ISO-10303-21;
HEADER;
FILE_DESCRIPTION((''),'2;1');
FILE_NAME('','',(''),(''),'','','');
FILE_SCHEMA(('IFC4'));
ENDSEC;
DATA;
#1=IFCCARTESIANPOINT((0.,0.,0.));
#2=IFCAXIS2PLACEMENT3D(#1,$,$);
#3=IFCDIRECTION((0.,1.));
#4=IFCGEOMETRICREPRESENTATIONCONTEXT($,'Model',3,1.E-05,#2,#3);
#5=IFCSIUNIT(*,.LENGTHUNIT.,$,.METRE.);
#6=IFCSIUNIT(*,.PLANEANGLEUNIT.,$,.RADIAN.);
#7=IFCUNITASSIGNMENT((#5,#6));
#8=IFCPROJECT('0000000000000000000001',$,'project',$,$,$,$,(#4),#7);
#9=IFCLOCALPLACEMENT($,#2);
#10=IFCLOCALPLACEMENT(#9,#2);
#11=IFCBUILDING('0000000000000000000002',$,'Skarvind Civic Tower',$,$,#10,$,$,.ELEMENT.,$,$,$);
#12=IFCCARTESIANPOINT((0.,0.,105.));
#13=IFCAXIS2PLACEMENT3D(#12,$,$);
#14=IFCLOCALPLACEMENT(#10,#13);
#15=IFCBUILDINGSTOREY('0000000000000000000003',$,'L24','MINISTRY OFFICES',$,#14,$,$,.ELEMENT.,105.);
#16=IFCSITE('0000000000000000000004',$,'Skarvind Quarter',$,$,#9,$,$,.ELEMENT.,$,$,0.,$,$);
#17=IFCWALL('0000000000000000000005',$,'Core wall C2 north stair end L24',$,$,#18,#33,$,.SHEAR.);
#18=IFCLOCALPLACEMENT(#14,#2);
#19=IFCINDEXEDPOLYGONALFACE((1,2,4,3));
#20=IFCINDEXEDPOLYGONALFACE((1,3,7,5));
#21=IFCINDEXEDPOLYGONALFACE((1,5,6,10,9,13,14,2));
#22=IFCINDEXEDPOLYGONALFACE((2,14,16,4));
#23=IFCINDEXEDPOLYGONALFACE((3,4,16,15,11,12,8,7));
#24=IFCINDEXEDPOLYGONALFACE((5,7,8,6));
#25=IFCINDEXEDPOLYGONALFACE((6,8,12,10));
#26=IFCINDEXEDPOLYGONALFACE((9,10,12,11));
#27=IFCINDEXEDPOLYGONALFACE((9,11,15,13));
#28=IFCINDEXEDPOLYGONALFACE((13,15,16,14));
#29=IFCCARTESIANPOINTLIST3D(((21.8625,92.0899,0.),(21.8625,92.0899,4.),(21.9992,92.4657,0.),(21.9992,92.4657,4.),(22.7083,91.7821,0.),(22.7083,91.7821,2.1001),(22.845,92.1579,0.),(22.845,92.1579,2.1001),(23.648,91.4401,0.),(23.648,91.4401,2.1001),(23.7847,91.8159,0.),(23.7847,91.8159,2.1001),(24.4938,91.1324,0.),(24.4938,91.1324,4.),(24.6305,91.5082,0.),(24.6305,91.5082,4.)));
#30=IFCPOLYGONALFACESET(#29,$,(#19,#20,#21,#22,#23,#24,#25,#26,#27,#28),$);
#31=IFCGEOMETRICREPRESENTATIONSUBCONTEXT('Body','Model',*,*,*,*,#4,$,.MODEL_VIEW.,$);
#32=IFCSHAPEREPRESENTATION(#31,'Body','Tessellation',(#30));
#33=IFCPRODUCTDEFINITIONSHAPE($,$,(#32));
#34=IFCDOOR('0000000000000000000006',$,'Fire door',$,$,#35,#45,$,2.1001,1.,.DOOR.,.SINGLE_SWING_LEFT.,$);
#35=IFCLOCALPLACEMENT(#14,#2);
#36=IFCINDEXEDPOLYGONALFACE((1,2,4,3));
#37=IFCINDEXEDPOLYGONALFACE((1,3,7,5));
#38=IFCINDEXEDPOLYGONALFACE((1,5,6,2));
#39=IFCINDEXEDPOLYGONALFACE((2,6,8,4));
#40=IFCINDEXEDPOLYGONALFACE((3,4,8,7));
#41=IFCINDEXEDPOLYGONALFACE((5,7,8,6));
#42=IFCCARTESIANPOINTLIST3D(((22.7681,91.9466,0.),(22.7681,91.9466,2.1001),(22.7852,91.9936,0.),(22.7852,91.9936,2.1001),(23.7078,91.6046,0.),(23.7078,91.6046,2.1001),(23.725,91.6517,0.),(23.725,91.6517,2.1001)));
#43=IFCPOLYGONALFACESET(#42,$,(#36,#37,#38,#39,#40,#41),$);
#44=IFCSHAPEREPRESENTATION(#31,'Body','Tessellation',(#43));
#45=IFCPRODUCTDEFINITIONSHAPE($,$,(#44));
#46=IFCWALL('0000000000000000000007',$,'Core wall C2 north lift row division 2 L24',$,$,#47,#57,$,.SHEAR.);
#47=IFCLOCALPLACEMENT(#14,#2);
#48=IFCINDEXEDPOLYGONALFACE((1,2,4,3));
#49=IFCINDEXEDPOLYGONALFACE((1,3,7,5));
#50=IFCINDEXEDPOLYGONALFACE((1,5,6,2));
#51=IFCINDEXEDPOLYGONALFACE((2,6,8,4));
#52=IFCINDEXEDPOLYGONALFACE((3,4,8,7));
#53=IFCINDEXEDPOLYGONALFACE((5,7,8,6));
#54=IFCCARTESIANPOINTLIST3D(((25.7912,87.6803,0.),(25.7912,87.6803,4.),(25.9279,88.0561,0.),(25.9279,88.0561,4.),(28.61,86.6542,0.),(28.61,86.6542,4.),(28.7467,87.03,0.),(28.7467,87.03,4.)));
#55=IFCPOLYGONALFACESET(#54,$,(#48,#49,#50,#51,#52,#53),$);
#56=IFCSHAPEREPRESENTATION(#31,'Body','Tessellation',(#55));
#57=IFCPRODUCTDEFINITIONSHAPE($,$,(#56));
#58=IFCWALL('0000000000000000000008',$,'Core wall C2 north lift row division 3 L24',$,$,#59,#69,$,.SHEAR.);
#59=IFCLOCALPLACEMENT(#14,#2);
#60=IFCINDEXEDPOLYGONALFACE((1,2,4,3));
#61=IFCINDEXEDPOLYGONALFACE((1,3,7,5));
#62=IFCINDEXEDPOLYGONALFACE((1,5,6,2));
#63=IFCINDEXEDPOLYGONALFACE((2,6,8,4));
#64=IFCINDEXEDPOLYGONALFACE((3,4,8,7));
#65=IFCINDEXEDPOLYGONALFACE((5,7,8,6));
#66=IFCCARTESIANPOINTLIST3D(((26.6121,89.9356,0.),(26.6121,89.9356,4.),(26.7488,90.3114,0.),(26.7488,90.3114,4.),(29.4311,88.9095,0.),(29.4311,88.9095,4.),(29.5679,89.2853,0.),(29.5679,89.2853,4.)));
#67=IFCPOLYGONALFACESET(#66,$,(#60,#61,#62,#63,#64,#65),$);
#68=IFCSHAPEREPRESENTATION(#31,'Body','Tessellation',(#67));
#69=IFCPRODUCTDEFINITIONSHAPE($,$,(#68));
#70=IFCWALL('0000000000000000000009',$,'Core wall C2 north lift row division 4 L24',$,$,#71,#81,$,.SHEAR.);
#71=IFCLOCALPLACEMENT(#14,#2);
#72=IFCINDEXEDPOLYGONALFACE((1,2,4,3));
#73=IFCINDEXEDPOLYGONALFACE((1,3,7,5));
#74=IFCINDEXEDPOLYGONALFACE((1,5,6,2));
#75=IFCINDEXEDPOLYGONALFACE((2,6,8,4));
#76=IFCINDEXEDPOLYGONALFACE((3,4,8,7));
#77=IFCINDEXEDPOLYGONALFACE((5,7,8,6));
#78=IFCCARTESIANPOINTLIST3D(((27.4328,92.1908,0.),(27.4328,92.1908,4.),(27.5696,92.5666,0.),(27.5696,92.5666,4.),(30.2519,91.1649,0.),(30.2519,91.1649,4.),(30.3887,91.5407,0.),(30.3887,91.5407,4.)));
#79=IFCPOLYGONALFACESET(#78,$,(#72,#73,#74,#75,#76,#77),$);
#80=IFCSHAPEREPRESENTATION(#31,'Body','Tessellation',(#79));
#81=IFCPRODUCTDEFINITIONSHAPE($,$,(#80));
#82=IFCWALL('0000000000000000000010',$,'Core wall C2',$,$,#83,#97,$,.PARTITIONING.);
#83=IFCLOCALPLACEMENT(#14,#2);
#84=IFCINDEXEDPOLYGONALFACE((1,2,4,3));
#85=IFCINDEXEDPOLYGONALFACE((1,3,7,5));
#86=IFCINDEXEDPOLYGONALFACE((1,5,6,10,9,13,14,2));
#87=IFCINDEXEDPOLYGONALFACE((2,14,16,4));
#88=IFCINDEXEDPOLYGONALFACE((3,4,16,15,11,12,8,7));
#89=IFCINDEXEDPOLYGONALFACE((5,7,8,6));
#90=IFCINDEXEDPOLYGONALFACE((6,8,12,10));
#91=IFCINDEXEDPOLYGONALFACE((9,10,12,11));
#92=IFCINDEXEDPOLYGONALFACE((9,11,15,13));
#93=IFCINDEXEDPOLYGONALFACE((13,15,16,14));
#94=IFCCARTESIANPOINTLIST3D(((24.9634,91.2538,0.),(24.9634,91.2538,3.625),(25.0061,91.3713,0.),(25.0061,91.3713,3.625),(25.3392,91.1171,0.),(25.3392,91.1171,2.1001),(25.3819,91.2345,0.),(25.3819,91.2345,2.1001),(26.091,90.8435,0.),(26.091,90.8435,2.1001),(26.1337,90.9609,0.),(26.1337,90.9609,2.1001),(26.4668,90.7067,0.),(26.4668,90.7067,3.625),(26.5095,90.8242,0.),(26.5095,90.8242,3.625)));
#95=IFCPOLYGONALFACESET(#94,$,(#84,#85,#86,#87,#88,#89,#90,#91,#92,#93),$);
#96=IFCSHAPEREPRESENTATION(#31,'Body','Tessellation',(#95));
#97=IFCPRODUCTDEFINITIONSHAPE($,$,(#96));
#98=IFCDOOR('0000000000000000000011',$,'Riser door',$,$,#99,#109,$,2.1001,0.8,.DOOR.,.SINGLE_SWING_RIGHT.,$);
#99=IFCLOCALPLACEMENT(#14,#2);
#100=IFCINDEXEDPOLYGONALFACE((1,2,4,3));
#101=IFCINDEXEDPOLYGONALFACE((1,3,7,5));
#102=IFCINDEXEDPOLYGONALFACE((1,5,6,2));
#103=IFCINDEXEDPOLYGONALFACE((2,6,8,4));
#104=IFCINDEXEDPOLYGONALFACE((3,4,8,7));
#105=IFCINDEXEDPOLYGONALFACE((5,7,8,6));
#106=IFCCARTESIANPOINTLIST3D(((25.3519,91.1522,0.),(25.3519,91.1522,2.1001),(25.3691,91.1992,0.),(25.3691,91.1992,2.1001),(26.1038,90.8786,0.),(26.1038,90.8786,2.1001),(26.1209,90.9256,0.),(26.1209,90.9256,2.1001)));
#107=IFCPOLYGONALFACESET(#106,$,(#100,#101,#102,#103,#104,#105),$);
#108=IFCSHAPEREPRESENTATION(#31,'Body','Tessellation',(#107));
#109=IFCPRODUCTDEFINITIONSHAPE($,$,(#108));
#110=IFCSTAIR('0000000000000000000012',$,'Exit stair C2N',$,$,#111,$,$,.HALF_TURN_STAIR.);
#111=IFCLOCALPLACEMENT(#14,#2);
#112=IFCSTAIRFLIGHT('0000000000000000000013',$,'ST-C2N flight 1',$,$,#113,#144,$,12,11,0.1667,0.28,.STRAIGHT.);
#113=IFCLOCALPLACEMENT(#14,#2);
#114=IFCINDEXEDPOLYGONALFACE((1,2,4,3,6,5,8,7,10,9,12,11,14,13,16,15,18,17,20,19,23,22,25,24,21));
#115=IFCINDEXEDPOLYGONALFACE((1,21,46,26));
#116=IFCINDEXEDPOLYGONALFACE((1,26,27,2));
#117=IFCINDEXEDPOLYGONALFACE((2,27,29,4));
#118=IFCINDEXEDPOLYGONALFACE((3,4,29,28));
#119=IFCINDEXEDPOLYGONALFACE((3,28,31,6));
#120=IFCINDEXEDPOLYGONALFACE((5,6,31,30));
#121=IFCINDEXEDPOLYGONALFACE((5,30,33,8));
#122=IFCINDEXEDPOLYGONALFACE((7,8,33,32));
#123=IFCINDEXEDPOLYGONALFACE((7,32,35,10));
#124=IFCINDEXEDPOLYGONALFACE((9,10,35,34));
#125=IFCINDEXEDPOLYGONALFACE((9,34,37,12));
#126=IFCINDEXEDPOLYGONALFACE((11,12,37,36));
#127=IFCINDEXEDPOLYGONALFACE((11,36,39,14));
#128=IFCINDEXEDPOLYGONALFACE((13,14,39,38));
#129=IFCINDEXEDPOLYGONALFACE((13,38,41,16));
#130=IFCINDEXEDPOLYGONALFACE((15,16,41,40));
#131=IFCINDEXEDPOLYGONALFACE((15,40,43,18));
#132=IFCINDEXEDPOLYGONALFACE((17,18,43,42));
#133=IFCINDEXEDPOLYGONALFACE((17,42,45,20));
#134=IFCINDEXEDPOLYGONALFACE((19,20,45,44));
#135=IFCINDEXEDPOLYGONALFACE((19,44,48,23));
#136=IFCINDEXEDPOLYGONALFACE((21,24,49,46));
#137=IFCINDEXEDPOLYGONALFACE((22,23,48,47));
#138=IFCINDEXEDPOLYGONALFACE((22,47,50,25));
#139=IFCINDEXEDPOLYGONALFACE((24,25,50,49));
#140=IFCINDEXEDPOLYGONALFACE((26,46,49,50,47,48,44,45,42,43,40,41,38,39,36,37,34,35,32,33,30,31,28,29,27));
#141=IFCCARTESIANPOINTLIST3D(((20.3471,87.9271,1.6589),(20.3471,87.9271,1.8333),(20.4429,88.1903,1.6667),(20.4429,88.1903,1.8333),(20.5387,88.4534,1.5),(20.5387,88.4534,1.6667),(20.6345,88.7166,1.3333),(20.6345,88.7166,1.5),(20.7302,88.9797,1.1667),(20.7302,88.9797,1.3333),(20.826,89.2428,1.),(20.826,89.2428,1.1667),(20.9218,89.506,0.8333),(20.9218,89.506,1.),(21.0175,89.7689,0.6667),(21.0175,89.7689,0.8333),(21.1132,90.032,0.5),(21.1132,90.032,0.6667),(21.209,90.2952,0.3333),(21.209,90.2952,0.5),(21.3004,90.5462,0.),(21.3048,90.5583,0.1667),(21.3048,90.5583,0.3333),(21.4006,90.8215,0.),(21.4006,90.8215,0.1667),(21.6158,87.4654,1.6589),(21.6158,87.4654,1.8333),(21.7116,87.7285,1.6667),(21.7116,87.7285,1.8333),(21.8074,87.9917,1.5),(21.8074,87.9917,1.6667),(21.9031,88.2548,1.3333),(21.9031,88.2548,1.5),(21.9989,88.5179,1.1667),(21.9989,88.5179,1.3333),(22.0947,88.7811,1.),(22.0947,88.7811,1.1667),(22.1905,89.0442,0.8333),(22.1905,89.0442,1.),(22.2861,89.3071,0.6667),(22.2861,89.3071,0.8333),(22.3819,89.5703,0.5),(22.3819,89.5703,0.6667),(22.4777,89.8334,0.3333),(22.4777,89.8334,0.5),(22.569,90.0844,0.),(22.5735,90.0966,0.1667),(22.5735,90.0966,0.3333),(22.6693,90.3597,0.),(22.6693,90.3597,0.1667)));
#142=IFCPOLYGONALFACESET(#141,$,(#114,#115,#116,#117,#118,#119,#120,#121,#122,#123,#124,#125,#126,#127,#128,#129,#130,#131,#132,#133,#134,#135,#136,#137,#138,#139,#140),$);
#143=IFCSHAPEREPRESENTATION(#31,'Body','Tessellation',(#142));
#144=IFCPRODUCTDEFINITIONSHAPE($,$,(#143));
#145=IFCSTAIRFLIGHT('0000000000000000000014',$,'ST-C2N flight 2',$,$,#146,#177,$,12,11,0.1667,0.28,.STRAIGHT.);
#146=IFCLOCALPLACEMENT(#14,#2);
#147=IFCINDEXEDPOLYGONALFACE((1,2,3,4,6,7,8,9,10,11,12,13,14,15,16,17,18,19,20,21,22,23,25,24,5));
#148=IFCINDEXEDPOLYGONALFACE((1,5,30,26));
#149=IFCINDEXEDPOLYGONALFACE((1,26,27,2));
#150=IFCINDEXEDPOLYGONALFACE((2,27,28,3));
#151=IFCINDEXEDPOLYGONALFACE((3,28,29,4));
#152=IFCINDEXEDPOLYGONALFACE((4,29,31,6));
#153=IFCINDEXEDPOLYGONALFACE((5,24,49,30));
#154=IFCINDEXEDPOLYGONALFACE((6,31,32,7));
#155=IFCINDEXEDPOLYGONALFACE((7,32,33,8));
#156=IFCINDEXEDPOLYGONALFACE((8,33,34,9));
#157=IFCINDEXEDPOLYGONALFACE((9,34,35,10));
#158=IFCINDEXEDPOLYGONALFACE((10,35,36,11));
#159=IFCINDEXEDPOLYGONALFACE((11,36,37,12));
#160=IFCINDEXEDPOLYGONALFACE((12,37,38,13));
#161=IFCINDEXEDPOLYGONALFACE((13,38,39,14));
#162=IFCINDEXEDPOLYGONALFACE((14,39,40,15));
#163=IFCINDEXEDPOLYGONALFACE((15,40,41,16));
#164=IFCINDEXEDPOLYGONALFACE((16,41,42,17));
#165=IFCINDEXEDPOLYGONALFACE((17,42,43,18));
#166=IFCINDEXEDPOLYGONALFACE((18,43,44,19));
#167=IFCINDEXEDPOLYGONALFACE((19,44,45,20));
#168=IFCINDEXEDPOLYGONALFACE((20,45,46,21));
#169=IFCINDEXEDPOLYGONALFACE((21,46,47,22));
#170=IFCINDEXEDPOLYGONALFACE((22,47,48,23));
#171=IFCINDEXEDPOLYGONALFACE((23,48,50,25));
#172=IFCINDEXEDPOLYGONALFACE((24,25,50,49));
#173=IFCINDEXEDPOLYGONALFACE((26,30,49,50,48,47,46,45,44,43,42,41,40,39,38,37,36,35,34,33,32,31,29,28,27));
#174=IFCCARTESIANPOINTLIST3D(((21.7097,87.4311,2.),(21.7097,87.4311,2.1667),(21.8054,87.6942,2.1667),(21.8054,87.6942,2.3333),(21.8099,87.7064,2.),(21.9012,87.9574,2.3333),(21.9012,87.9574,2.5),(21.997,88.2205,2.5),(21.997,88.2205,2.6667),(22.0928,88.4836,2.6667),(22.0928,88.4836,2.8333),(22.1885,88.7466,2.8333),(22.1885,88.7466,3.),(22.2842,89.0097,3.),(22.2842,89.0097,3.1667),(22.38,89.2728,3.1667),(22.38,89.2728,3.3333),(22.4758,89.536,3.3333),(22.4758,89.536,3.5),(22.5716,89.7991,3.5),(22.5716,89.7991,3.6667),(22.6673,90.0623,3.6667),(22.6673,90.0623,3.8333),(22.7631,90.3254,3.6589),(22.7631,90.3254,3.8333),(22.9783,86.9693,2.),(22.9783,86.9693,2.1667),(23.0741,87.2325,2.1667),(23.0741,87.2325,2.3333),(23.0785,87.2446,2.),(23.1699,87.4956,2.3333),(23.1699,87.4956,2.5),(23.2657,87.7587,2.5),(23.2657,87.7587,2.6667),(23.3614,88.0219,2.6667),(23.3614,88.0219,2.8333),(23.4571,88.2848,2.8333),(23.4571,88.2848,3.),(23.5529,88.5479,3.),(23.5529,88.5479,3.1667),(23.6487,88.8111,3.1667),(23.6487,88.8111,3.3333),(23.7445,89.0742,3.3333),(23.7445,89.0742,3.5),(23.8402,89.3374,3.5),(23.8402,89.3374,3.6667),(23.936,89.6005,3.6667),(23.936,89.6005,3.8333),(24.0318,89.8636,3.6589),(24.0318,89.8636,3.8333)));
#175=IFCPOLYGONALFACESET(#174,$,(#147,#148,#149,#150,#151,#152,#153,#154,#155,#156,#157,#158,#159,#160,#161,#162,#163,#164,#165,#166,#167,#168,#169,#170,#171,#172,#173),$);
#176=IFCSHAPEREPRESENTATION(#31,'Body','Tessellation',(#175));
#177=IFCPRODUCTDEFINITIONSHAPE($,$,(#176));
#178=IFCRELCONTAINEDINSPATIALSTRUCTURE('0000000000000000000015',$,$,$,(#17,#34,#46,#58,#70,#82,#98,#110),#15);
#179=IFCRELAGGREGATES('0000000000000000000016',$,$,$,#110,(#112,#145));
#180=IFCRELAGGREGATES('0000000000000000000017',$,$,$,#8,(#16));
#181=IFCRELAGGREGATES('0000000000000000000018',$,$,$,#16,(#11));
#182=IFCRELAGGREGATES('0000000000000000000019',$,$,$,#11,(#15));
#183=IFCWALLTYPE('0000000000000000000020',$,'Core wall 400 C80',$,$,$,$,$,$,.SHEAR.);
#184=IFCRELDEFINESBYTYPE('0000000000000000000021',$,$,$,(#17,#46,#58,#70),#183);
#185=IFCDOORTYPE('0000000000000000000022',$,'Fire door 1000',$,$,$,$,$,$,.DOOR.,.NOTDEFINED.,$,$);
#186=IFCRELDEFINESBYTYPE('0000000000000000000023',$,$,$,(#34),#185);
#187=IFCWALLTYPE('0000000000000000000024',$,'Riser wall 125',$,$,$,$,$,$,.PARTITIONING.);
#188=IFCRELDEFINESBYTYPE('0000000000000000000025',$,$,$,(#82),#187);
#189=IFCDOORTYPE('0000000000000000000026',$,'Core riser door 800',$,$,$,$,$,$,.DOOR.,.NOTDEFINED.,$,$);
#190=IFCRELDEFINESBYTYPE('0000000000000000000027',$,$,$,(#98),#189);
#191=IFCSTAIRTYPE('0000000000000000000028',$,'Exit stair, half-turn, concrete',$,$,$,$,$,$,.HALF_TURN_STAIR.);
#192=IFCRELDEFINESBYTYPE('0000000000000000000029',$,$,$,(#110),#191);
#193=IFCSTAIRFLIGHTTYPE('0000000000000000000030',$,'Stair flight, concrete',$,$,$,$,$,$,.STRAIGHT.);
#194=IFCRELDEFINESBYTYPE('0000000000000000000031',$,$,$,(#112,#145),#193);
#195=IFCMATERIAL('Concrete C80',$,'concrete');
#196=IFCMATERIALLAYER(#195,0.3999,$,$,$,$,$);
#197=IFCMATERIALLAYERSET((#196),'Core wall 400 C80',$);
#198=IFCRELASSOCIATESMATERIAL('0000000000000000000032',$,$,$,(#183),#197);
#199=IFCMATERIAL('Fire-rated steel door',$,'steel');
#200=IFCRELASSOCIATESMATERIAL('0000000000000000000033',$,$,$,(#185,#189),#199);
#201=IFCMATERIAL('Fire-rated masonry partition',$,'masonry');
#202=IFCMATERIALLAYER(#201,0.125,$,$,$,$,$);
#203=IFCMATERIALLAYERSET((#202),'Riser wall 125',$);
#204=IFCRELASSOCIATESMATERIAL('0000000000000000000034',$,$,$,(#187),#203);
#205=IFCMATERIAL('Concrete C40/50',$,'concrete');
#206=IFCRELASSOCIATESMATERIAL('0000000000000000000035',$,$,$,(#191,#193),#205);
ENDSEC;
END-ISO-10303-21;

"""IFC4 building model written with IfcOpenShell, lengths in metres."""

from ifc_helpers import new_model, si_unit, direction, frame, frame_2d, origin, place, context, subcontext, project, spatial, polyline, rectangle, outline, extrude, material, layer, layer_set, type_object, element, fill, aggregate, save


model = new_model("IFC4")

# Units and contexts
model_context = context("Model", 3, precision=1e-05, world=origin(), true_north=direction((0.0, 1.0)))
body_context = subcontext(model_context, "Body", "Model", "MODEL_VIEW")
ifc_project = project(units=[si_unit("LENGTHUNIT", "METRE"), si_unit("PLANEANGLEUNIT", "RADIAN")], contexts=[model_context])

# Site, building, storey
site_placement = place(None, origin())
site = spatial("IfcSite", under=ifc_project, at=site_placement, Name="Skarvind Quarter", CompositionType="ELEMENT", RefElevation=0.0)
building_placement = place(site_placement, origin())
building = spatial("IfcBuilding", under=site, at=building_placement, Name="Skarvind Civic Tower", CompositionType="ELEMENT")
storey_placement = place(building_placement, frame((0.0, 0.0, 105.0)))
storey = spatial("IfcBuildingStorey", under=building, at=storey_placement, Name="L24", Description="MINISTRY OFFICES", CompositionType="ELEMENT", Elevation=105.0)

# Wall, opening, door
ifc_material_1 = material(Name="Concrete C80", Category="concrete")
ifc_layer_1 = layer(ifc_material_1, 0.3999)
ifc_layer_set_1 = layer_set([ifc_layer_1], Name="Core wall 400 C80")
wall_type_1 = type_object("IfcWallType", Name="Core wall 400 C80", PredefinedType="SHEAR", material=ifc_layer_set_1)
wall_1_placement = place(storey_placement, frame((24.562, 91.3203, 0.0), z_axis=(0.0, 0.0, 1.0), x_axis=(-0.939717, 0.341953, 0.0)))
wall_1 = element("IfcWall", 1, at=wall_1_placement, inside=storey, type_object=wall_type_1, Name="Core wall C2 north stair end L24", PredefinedType="SHEAR", context=body_context, shape_type="SweptSolid", body=[
    extrude(rectangle(XDim=2.8, YDim=0.3999, at=frame_2d((1.3999, 0.0))), origin(), (0.0, 0.0, 1.0), 4.0),
])
opening_1_placement = place(wall_1_placement, frame((0.8999, 0.0, 0.0)))
opening_1 = element("IfcOpeningElement", 2, at=opening_1_placement, cuts=wall_1, PredefinedType="OPENING", context=body_context, shape_type="SweptSolid", body=[
    extrude(rectangle(XDim=1.0, YDim=2.1001, at=frame_2d((0.5, 1.05))), frame((0.0, 0.21, 0.0), z_axis=(0.0, -1.0, 0.0), x_axis=(1.0, 0.0, 0.0)), (0.0, 0.0, 1.0), 0.4199),
])
ifc_material_2 = material(Name="Fire-rated steel door", Category="steel")
door_type_1 = type_object("IfcDoorType", Name="Fire door 1000", OperationType="NOTDEFINED", PredefinedType="DOOR", material=ifc_material_2)
door_1_placement = place(opening_1_placement, origin())
door_1 = element("IfcDoor", 3, at=door_1_placement, inside=storey, type_object=door_type_1, Name="Fire door", OperationType="SINGLE_SWING_LEFT", OverallHeight=2.1001, OverallWidth=1.0, PredefinedType="DOOR", context=body_context, shape_type="SweptSolid", body=[
    extrude(rectangle(XDim=1.0, YDim=2.1001, at=frame_2d((0.5, 1.05))), frame((0.0, 0.0249, 0.0), z_axis=(0.0, -1.0, 0.0), x_axis=(1.0, 0.0, 0.0)), (0.0, 0.0, 1.0), 0.05),
])
fill(opening_1, door_1)

# Walls
wall_2_placement = place(storey_placement, frame((28.6785, 86.842, 0.0), z_axis=(0.0, 0.0, 1.0), x_axis=(-0.939677, 0.342063, 0.0)))
element("IfcWall", 4, at=wall_2_placement, inside=storey, type_object=wall_type_1, Name="Core wall C2 north lift row division 2 L24", PredefinedType="SHEAR", context=body_context, shape_type="SweptSolid", body=[
    extrude(rectangle(XDim=2.9998, YDim=0.3999, at=frame_2d((1.5, 0.0))), origin(), (0.0, 0.0, 1.0), 4.0),
])
for number, where, z_axis, x_axis, name in (
    (5, (29.4995, 89.0974, 0.0), (0.0, 0.0, 1.0), (-0.939686, 0.342037, 0.0), "Core wall C2 north lift row division 3 L24"),
    (6, (30.3203, 91.3528, 0.0), (0.0, 0.0, 1.0), (-0.939713, 0.341965, 0.0), "Core wall C2 north lift row division 4 L24"),
):
    element("IfcWall", number, at=place(storey_placement, frame(where, z_axis=z_axis, x_axis=x_axis)), inside=storey, type_object=wall_type_1, Name=name, PredefinedType="SHEAR", context=body_context, shape_type="SweptSolid", body=[
        extrude(rectangle(XDim=3.0, YDim=0.3999, at=frame_2d((1.5, 0.0))), origin(), (0.0, 0.0, 1.0), 4.0),
    ])

# Wall, opening, door
ifc_material_3 = material(Name="Fire-rated masonry partition", Category="masonry")
ifc_layer_2 = layer(ifc_material_3, 0.125)
ifc_layer_set_2 = layer_set([ifc_layer_2], Name="Riser wall 125")
wall_type_2 = type_object("IfcWallType", Name="Riser wall 125", PredefinedType="PARTITIONING", material=ifc_layer_set_2)
wall_3_placement = place(storey_placement, frame((24.9849, 91.3125, 0.0), z_axis=(0.0, 0.0, 1.0), x_axis=(0.939709, -0.341976, 0.0)))
wall_3 = element("IfcWall", 7, at=wall_3_placement, inside=storey, type_object=wall_type_2, Name="Core wall C2", PredefinedType="PARTITIONING", context=body_context, shape_type="SweptSolid", body=[
    extrude(rectangle(XDim=1.5999, YDim=0.125, at=frame_2d((0.7998, 0.0))), origin(), (0.0, 0.0, 1.0), 3.625),
])
opening_2_placement = place(wall_3_placement, frame((0.3999, 0.0, 0.0)))
opening_2 = element("IfcOpeningElement", 8, at=opening_2_placement, cuts=wall_3, PredefinedType="OPENING", context=body_context, shape_type="SweptSolid", body=[
    extrude(rectangle(XDim=0.8, YDim=2.1001, at=frame_2d((0.3999, 1.05))), frame((0.0, 0.0725, 0.0), z_axis=(0.0, -1.0, 0.0), x_axis=(1.0, 0.0, 0.0)), (0.0, 0.0, 1.0), 0.145),
])
door_type_2 = type_object("IfcDoorType", Name="Core riser door 800", OperationType="NOTDEFINED", PredefinedType="DOOR", material=ifc_material_2)
door_2_placement = place(opening_2_placement, origin())
door_2 = element("IfcDoor", 9, at=door_2_placement, inside=storey, type_object=door_type_2, Name="Riser door", OperationType="SINGLE_SWING_RIGHT", OverallHeight=2.1001, OverallWidth=0.8, PredefinedType="DOOR", context=body_context, shape_type="SweptSolid", body=[
    extrude(rectangle(XDim=0.8, YDim=2.1001, at=frame_2d((0.3999, 1.05))), frame((0.0, 0.0249, 0.0), z_axis=(0.0, -1.0, 0.0), x_axis=(1.0, 0.0, 0.0)), (0.0, 0.0, 1.0), 0.05),
])
fill(opening_2, door_2)

# Stair, stair flights
ifc_material_4 = material(Name="Concrete C40/50", Category="concrete")
stair_type = type_object("IfcStairType", Name="Exit stair, half-turn, concrete", PredefinedType="HALF_TURN_STAIR", material=ifc_material_4)
stair_placement = place(storey_placement, origin())
stair = element("IfcStair", 10, at=stair_placement, inside=storey, type_object=stair_type, Name="Exit stair C2N", PredefinedType="HALF_TURN_STAIR")
stair_flight_type = type_object("IfcStairFlightType", Name="Stair flight, concrete", PredefinedType="STRAIGHT", material=ifc_material_4)
stair_flight_1_placement = place(storey_placement, frame((22.0349, 90.5906, 0.0), z_axis=(0.0, 0.0, 1.0), x_axis=(-0.34202, -0.939693, 0.0)))
stair_flight_1 = element("IfcStairFlight", 11, at=stair_flight_1_placement, type_object=stair_flight_type, Name="ST-C2N flight 1", NumberOfRisers=12, NumberOfTreads=11, PredefinedType="STRAIGHT", RiserHeight=0.1667, TreadLength=0.28, context=body_context, shape_type="SweptSolid", body=[
    extrude(outline(polyline([(0.0, 0.0), (0.0, 0.1667), (0.28, 0.1667), (0.28, 0.3333), (0.5601, 0.3333), (0.5601, 0.5), (0.8401, 0.5), (0.8401, 0.6667), (1.1201, 0.6667), (1.1201, 0.8333), (1.3999, 0.8333), (1.3999, 1.0), (1.6799, 1.0), (1.6799, 1.1667), (1.96, 1.1667), (1.96, 1.3333), (2.24, 1.3333), (2.24, 1.5), (2.52, 1.5), (2.52, 1.6667), (2.8, 1.6667), (2.8, 1.8333), (3.0801, 1.8333), (3.0801, 2.0), (3.0801, 1.6589), (0.293, 0.0), (0.0, 0.0)])), frame((0.0, 0.675, 0.0), z_axis=(0.0, -1.0, 0.0), x_axis=(1.0, 0.0, 0.0)), (0.0, 0.0, 1.0), 1.3501),
])
stair_flight_2_placement = place(storey_placement, frame((22.344, 87.2002, 2.0), z_axis=(0.0, 0.0, 1.0), x_axis=(0.34202, 0.939693, 0.0)))
stair_flight_2 = element("IfcStairFlight", 12, at=stair_flight_2_placement, type_object=stair_flight_type, Name="ST-C2N flight 2", NumberOfRisers=12, NumberOfTreads=11, PredefinedType="STRAIGHT", RiserHeight=0.1667, TreadLength=0.28, context=body_context, shape_type="SweptSolid", body=[
    extrude(outline(polyline([(0.0, 0.0), (0.0, 0.1667), (0.28, 0.1667), (0.28, 0.3333), (0.5601, 0.3333), (0.5601, 0.5), (0.8401, 0.5), (0.8401, 0.6667), (1.1201, 0.6667), (1.1201, 0.8333), (1.3999, 0.8333), (1.3999, 1.0), (1.6799, 1.0), (1.6799, 1.1667), (1.96, 1.1667), (1.96, 1.3333), (2.24, 1.3333), (2.24, 1.5), (2.52, 1.5), (2.52, 1.6667), (2.8, 1.6667), (2.8, 1.8333), (3.0801, 1.8333), (3.0801, 2.0), (3.0801, 1.6589), (0.293, 0.0), (0.0, 0.0)])), frame((0.0, 0.675, 0.0), z_axis=(0.0, -1.0, 0.0), x_axis=(1.0, 0.0, 0.0)), (0.0, 0.0, 1.0), 1.3501),
])
aggregate(stair, [stair_flight_1, stair_flight_2])

save(model, "model.ifc")
